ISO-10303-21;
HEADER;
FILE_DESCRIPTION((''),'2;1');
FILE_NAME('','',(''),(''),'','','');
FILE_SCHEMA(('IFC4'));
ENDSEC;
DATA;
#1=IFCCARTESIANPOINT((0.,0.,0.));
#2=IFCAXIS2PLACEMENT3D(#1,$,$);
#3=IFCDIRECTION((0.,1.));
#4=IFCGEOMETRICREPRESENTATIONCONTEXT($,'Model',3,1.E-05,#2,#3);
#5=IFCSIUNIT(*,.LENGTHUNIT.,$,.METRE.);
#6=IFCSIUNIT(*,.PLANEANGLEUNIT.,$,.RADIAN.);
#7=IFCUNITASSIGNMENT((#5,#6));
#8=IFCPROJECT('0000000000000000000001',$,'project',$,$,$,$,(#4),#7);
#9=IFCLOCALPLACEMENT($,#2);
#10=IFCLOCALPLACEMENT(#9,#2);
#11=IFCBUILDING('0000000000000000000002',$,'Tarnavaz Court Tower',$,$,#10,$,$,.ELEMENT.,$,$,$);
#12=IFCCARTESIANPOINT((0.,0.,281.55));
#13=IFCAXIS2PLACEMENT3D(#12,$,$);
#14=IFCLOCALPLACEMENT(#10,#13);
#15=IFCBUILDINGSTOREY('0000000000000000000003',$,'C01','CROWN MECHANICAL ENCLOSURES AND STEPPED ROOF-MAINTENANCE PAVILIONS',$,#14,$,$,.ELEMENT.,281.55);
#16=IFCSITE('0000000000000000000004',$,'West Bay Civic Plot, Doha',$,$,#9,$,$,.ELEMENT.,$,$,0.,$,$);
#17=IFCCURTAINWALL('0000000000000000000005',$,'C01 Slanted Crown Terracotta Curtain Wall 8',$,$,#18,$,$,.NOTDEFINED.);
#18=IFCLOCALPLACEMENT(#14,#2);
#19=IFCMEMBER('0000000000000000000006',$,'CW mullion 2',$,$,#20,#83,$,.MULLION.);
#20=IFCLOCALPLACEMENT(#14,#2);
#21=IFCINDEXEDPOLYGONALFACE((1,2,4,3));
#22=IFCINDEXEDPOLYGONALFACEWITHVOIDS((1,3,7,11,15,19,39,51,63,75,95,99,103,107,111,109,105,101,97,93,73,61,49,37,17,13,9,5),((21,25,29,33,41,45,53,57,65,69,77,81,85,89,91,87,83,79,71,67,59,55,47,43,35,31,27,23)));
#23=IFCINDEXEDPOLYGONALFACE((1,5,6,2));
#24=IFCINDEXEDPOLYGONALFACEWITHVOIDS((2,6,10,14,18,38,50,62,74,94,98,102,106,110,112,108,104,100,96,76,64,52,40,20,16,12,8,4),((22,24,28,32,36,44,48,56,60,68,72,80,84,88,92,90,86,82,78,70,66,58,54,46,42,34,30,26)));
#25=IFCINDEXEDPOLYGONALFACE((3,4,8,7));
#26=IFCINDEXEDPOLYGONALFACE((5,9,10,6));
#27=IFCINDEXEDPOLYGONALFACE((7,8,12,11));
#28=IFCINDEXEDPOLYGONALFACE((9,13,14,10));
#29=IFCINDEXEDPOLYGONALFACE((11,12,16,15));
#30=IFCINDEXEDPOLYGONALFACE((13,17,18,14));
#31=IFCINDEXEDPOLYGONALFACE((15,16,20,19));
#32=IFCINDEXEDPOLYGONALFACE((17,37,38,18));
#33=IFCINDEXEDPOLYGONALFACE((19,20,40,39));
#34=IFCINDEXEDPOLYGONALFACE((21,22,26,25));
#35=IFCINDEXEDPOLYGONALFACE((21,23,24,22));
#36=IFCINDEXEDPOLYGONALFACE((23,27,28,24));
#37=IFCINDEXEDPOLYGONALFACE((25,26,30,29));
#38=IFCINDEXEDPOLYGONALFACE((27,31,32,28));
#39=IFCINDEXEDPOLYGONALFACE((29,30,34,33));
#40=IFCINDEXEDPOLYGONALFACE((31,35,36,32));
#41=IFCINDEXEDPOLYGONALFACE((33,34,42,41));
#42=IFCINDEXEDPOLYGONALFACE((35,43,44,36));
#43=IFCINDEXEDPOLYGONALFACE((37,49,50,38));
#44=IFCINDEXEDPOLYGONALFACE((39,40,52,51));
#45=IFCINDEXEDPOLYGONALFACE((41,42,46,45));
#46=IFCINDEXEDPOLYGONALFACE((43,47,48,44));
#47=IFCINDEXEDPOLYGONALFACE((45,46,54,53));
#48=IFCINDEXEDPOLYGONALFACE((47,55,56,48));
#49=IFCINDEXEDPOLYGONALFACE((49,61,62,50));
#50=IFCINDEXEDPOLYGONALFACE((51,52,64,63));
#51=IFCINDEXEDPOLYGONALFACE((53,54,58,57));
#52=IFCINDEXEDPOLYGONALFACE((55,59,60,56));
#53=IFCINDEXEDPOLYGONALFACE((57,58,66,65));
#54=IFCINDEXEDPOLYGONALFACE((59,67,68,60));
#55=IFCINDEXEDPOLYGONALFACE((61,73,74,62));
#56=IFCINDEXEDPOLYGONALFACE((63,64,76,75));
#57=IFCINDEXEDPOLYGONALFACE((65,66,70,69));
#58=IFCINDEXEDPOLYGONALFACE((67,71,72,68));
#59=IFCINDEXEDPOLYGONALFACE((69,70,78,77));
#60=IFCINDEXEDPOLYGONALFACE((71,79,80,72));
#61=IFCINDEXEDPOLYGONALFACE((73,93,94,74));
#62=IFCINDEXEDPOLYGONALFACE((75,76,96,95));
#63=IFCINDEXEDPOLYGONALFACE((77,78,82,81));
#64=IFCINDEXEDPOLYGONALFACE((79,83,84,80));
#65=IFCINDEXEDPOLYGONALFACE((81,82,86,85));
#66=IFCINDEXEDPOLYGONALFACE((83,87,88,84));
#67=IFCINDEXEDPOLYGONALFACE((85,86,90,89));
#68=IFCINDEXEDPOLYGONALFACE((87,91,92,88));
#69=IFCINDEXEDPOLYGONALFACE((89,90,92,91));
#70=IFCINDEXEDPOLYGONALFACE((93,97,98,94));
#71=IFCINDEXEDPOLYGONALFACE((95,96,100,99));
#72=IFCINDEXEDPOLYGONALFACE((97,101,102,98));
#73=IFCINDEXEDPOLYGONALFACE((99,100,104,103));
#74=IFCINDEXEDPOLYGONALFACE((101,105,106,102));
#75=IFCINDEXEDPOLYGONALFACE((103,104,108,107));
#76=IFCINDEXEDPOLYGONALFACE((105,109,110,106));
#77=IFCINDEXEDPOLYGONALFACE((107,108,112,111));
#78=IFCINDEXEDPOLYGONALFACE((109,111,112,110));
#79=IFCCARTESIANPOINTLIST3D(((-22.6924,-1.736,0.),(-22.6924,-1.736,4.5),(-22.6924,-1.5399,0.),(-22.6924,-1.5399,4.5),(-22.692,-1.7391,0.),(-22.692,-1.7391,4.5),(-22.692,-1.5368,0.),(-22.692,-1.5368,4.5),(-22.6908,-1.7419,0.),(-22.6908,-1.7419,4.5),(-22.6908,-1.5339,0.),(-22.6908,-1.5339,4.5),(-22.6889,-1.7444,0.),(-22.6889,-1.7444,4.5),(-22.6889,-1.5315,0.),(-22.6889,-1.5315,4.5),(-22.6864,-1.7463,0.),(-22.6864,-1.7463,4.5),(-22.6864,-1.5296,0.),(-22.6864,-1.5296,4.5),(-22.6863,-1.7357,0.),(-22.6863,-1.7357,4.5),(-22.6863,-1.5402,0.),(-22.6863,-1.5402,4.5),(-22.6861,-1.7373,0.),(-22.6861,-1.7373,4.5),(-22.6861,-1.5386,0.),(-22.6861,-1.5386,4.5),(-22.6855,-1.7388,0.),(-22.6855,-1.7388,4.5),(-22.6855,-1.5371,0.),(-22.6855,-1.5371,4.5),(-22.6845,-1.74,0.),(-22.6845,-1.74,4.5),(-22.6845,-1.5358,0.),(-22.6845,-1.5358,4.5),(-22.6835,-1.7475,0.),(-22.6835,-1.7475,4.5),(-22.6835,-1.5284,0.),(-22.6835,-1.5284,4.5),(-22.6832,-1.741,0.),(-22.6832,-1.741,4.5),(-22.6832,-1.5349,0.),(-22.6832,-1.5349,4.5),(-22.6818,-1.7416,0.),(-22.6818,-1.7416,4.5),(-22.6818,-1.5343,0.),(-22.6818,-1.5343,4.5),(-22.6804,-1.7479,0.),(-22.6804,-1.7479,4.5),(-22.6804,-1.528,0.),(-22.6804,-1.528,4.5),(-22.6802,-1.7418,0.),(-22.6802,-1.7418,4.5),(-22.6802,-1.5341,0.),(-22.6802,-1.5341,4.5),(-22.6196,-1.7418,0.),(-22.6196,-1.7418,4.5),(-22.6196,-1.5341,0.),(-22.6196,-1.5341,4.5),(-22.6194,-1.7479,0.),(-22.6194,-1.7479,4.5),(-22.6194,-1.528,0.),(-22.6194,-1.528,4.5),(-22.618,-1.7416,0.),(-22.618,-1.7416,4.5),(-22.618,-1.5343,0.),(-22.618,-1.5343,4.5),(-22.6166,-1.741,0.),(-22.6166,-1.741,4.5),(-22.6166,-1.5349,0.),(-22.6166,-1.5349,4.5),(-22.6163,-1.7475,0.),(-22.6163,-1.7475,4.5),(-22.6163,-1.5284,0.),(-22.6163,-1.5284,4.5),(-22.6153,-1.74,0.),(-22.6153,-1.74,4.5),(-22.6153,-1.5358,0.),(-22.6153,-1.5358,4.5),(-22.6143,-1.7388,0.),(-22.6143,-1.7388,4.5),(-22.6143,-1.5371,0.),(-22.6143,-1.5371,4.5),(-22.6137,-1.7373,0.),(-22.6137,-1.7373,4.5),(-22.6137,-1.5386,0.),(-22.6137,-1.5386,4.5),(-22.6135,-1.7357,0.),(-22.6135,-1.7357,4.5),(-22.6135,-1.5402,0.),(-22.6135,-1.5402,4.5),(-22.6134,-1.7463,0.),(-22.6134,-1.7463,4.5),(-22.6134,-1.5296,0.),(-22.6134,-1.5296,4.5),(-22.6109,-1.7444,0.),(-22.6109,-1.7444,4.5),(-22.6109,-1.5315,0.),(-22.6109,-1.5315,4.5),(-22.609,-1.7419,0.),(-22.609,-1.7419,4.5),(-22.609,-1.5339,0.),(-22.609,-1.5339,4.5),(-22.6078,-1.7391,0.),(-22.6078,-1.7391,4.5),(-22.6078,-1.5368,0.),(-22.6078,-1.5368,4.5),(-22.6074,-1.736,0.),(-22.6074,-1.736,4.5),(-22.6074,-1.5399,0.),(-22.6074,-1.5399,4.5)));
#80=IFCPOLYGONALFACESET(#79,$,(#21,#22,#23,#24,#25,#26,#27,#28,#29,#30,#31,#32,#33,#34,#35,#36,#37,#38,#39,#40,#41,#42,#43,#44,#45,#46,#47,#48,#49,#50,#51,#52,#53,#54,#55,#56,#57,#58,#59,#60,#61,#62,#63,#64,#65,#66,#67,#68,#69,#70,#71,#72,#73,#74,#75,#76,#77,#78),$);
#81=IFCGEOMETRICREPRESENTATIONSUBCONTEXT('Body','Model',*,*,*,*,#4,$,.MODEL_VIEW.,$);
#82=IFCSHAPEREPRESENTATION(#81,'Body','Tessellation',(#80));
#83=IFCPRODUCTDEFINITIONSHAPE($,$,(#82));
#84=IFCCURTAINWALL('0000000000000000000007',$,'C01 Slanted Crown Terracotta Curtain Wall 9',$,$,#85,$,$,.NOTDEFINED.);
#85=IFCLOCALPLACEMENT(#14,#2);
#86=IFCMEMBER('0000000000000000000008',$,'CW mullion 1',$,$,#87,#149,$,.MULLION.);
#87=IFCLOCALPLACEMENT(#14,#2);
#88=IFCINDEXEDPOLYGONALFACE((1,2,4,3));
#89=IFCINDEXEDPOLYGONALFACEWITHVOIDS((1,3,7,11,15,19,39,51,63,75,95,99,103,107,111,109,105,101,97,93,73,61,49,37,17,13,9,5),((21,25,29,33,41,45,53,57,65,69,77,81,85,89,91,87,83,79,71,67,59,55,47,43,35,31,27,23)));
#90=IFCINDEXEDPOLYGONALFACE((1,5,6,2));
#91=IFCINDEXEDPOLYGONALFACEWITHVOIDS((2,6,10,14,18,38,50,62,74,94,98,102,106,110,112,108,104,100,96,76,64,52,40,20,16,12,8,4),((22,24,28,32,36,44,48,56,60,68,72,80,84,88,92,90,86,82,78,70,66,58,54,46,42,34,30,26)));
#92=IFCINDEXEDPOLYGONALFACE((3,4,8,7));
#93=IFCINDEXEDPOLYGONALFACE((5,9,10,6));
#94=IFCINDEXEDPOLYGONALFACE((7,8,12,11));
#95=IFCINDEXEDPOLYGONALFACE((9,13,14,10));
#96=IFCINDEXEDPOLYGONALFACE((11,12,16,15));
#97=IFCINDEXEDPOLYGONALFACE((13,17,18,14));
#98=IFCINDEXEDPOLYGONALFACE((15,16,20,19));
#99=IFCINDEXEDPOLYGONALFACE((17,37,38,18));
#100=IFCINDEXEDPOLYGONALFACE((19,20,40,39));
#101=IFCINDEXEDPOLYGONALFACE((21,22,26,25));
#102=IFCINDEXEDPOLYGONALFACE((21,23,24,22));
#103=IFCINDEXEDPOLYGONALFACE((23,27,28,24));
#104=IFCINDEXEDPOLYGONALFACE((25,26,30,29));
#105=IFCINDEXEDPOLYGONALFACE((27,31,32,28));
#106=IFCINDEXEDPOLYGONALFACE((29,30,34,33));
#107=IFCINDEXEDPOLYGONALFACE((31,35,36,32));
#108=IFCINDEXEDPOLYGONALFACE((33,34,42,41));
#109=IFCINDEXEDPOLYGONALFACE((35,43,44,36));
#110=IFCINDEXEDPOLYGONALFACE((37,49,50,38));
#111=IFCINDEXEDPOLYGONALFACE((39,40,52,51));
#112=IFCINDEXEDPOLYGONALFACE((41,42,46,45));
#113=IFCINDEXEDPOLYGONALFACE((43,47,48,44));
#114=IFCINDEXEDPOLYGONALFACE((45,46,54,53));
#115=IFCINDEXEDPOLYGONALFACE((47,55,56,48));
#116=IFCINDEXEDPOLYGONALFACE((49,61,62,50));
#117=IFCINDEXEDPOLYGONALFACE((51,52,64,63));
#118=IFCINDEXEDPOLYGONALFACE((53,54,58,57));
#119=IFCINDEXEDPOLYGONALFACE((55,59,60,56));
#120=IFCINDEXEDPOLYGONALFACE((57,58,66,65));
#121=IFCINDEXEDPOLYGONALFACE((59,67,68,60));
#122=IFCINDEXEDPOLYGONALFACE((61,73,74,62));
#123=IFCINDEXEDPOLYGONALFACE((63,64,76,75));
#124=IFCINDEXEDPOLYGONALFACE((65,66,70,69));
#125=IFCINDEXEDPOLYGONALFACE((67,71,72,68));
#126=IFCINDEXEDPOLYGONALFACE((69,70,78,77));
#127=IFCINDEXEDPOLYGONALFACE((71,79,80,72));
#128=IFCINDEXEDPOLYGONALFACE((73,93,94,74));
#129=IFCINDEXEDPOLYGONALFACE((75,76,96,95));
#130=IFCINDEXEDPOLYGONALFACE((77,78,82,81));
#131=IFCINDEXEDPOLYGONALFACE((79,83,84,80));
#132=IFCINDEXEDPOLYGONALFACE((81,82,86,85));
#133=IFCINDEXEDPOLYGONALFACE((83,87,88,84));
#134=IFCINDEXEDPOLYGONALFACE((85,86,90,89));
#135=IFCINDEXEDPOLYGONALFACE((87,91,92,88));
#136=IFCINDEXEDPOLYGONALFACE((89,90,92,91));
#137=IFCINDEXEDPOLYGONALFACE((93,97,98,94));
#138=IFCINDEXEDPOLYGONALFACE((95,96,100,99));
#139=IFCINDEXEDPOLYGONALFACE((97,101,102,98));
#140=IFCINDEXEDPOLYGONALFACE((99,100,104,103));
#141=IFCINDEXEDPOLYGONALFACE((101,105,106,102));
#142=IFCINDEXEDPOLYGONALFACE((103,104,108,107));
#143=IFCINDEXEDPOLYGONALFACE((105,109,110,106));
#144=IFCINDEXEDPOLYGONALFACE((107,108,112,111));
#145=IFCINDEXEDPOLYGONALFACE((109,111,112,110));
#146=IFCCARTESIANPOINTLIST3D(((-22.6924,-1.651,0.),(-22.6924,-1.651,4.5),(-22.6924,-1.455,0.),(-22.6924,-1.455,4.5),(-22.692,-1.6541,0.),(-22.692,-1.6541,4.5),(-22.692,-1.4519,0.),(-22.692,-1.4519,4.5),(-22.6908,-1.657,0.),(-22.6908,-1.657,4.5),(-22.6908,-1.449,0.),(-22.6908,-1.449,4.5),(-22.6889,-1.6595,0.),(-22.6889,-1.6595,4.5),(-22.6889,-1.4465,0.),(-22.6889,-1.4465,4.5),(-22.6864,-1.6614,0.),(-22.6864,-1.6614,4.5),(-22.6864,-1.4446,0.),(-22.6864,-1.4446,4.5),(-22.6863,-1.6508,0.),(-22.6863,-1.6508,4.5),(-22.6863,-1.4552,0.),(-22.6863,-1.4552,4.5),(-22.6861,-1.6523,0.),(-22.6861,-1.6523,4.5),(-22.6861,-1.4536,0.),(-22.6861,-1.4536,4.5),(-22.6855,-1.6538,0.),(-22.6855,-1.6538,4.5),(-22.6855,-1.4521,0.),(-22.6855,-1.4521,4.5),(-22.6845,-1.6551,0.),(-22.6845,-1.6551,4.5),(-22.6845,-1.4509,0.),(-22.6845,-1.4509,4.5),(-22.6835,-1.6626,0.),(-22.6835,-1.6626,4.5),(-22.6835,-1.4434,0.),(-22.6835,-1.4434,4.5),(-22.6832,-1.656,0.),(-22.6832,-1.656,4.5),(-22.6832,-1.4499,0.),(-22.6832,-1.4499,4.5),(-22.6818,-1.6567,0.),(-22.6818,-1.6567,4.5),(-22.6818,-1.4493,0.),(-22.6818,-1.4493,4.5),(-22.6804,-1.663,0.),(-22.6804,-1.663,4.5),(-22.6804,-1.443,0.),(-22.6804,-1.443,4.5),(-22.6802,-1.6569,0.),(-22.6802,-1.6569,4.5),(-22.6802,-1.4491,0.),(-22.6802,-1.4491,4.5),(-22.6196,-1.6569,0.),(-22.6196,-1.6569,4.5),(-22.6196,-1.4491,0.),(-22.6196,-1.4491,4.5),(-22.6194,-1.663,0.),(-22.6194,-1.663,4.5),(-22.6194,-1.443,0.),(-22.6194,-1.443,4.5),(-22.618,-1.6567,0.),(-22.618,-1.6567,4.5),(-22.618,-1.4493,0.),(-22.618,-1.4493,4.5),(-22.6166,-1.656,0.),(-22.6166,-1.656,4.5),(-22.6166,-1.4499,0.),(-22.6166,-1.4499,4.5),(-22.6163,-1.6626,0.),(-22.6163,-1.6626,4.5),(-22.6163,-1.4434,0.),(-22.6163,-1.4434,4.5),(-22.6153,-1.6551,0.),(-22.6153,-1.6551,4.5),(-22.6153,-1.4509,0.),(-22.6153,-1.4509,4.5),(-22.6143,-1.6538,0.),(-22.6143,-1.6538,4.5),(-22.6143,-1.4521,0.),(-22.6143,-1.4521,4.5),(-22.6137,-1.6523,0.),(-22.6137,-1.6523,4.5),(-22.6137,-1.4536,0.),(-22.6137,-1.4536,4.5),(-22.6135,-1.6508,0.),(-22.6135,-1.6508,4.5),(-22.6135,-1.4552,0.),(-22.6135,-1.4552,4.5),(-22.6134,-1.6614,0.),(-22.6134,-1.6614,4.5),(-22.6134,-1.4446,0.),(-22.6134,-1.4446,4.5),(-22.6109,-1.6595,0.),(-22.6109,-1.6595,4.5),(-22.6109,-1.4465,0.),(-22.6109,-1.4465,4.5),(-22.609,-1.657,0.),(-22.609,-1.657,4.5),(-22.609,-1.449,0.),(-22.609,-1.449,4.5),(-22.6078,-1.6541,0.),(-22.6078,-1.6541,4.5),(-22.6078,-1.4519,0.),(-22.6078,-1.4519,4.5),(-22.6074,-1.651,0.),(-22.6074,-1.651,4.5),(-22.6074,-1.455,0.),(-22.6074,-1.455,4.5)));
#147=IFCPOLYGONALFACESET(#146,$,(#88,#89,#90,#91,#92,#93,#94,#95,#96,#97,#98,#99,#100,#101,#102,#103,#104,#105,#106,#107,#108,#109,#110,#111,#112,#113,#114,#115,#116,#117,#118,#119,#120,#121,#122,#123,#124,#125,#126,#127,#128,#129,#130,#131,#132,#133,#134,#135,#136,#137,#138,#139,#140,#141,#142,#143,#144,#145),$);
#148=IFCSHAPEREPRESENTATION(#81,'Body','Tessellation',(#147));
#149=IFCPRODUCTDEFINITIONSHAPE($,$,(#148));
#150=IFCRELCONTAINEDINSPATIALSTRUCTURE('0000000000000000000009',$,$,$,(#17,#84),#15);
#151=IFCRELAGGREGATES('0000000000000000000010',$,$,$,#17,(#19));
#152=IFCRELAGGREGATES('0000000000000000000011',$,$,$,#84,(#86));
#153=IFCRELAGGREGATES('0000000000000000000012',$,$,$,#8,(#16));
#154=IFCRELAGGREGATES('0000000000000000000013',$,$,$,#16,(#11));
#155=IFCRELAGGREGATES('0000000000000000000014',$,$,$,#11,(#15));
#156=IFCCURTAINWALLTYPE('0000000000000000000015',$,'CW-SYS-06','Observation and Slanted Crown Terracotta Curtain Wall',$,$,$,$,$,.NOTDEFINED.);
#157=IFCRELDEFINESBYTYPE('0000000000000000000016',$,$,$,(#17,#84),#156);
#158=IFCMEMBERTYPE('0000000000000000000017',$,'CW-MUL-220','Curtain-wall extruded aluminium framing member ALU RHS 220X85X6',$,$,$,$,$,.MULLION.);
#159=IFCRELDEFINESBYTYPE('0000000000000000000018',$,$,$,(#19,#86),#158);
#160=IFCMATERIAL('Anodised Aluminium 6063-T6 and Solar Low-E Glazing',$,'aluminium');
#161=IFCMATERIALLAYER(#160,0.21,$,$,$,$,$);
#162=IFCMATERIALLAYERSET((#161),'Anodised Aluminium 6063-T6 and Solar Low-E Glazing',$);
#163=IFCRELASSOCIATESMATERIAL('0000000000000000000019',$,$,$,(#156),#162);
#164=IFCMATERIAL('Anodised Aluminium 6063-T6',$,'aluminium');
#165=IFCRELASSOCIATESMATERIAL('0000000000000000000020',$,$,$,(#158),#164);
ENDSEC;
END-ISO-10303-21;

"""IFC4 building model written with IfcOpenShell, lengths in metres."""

from ifc_helpers import new_model, si_unit, direction, frame, origin, origin_2d, place, context, subcontext, project, spatial, hollow_rectangle, extrude, material, layer, layer_set, material_profile, profile_set, type_object, element, aggregate, save


model = new_model("IFC4")

# Units and contexts
model_context = context("Model", 3, precision=1e-05, world=origin(), true_north=direction((0.0, 1.0)))
body_context = subcontext(model_context, "Body", "Model", "MODEL_VIEW")
ifc_project = project(units=[si_unit("LENGTHUNIT", "METRE"), si_unit("PLANEANGLEUNIT", "RADIAN")], contexts=[model_context])

# Site, building, storey
site_placement = place(None, origin())
site = spatial("IfcSite", under=ifc_project, at=site_placement, Name="West Bay Civic Plot, Doha", CompositionType="ELEMENT", RefElevation=0.0)
building_placement = place(site_placement, origin())
building = spatial("IfcBuilding", under=site, at=building_placement, Name="Tarnavaz Court Tower", CompositionType="ELEMENT")
storey_placement = place(building_placement, frame((0.0, 0.0, 281.55)))
storey = spatial("IfcBuildingStorey", under=building, at=storey_placement, Name="C01", Description="CROWN MECHANICAL ENCLOSURES AND STEPPED ROOF-MAINTENANCE PAVILIONS", CompositionType="ELEMENT", Elevation=281.55)

# Shared definitions
ifc_material_1 = material(Name="Anodised Aluminium 6063-T6 and Solar Low-E Glazing", Category="aluminium")
ifc_layer_1 = layer(ifc_material_1, 0.21)
ifc_layer_set_1 = layer_set([ifc_layer_1], Name="Anodised Aluminium 6063-T6 and Solar Low-E Glazing")
curtain_wall_type = type_object("IfcCurtainWallType", Name="CW-SYS-06", Description="Observation and Slanted Crown Terracotta Curtain Wall", PredefinedType="NOTDEFINED", material=ifc_layer_set_1)
ifc_material_2 = material(Name="Anodised Aluminium 6063-T6", Category="aluminium")
ifc_material_profile_1 = material_profile(ifc_material_2, hollow_rectangle(XDim=0.085, YDim=0.22, WallThickness=0.0061, InnerFilletRadius=0.0061, OuterFilletRadius=0.012, at=origin_2d()), Name="ALU RHS 220X85X6")
ifc_profile_set_1 = profile_set([ifc_material_profile_1], Name="Anodised Aluminium 6063-T6")
member_type_1 = type_object("IfcMemberType", Name="CW-MUL-220", Description="Curtain-wall extruded aluminium framing member ALU RHS 220X85X6", PredefinedType="MULLION", material=ifc_profile_set_1)

# Curtain walls, members
curtain_wall_1_placement = place(storey_placement, origin())
curtain_wall_1 = element("IfcCurtainWall", 1, at=curtain_wall_1_placement, inside=storey, type_object=curtain_wall_type, Name="C01 Slanted Crown Terracotta Curtain Wall 8", PredefinedType="NOTDEFINED")
member_1_placement = place(storey_placement, frame((-22.6499, -1.6379, 0.0), z_axis=(0.0, 0.0, 1.0), x_axis=(-1.0, 0.0, 0.0)))
member_1 = element("IfcMember", 2, at=member_1_placement, type_object=member_type_1, Name="CW mullion 2", PredefinedType="MULLION", context=body_context, shape_type="SweptSolid", body=[
    extrude(hollow_rectangle(XDim=0.085, YDim=0.22, WallThickness=0.0061, InnerFilletRadius=0.0061, OuterFilletRadius=0.012, at=origin_2d()), origin(), (0.0, 0.0, 1.0), 4.5),
])
curtain_wall_2_placement = place(storey_placement, origin())
curtain_wall_2 = element("IfcCurtainWall", 3, at=curtain_wall_2_placement, inside=storey, type_object=curtain_wall_type, Name="C01 Slanted Crown Terracotta Curtain Wall 9", PredefinedType="NOTDEFINED")
member_2_placement = place(storey_placement, frame((-22.6499, -1.553, 0.0), z_axis=(0.0, 0.0, 1.0), x_axis=(-1.0, 0.0, 0.0)))
member_2 = element("IfcMember", 4, at=member_2_placement, type_object=member_type_1, Name="CW mullion 1", PredefinedType="MULLION", context=body_context, shape_type="SweptSolid", body=[
    extrude(hollow_rectangle(XDim=0.085, YDim=0.22, WallThickness=0.0061, InnerFilletRadius=0.0061, OuterFilletRadius=0.012, at=origin_2d()), origin(), (0.0, 0.0, 1.0), 4.5),
])

aggregate(curtain_wall_1, [member_1])
aggregate(curtain_wall_2, [member_2])

save(model, "model.ifc")
